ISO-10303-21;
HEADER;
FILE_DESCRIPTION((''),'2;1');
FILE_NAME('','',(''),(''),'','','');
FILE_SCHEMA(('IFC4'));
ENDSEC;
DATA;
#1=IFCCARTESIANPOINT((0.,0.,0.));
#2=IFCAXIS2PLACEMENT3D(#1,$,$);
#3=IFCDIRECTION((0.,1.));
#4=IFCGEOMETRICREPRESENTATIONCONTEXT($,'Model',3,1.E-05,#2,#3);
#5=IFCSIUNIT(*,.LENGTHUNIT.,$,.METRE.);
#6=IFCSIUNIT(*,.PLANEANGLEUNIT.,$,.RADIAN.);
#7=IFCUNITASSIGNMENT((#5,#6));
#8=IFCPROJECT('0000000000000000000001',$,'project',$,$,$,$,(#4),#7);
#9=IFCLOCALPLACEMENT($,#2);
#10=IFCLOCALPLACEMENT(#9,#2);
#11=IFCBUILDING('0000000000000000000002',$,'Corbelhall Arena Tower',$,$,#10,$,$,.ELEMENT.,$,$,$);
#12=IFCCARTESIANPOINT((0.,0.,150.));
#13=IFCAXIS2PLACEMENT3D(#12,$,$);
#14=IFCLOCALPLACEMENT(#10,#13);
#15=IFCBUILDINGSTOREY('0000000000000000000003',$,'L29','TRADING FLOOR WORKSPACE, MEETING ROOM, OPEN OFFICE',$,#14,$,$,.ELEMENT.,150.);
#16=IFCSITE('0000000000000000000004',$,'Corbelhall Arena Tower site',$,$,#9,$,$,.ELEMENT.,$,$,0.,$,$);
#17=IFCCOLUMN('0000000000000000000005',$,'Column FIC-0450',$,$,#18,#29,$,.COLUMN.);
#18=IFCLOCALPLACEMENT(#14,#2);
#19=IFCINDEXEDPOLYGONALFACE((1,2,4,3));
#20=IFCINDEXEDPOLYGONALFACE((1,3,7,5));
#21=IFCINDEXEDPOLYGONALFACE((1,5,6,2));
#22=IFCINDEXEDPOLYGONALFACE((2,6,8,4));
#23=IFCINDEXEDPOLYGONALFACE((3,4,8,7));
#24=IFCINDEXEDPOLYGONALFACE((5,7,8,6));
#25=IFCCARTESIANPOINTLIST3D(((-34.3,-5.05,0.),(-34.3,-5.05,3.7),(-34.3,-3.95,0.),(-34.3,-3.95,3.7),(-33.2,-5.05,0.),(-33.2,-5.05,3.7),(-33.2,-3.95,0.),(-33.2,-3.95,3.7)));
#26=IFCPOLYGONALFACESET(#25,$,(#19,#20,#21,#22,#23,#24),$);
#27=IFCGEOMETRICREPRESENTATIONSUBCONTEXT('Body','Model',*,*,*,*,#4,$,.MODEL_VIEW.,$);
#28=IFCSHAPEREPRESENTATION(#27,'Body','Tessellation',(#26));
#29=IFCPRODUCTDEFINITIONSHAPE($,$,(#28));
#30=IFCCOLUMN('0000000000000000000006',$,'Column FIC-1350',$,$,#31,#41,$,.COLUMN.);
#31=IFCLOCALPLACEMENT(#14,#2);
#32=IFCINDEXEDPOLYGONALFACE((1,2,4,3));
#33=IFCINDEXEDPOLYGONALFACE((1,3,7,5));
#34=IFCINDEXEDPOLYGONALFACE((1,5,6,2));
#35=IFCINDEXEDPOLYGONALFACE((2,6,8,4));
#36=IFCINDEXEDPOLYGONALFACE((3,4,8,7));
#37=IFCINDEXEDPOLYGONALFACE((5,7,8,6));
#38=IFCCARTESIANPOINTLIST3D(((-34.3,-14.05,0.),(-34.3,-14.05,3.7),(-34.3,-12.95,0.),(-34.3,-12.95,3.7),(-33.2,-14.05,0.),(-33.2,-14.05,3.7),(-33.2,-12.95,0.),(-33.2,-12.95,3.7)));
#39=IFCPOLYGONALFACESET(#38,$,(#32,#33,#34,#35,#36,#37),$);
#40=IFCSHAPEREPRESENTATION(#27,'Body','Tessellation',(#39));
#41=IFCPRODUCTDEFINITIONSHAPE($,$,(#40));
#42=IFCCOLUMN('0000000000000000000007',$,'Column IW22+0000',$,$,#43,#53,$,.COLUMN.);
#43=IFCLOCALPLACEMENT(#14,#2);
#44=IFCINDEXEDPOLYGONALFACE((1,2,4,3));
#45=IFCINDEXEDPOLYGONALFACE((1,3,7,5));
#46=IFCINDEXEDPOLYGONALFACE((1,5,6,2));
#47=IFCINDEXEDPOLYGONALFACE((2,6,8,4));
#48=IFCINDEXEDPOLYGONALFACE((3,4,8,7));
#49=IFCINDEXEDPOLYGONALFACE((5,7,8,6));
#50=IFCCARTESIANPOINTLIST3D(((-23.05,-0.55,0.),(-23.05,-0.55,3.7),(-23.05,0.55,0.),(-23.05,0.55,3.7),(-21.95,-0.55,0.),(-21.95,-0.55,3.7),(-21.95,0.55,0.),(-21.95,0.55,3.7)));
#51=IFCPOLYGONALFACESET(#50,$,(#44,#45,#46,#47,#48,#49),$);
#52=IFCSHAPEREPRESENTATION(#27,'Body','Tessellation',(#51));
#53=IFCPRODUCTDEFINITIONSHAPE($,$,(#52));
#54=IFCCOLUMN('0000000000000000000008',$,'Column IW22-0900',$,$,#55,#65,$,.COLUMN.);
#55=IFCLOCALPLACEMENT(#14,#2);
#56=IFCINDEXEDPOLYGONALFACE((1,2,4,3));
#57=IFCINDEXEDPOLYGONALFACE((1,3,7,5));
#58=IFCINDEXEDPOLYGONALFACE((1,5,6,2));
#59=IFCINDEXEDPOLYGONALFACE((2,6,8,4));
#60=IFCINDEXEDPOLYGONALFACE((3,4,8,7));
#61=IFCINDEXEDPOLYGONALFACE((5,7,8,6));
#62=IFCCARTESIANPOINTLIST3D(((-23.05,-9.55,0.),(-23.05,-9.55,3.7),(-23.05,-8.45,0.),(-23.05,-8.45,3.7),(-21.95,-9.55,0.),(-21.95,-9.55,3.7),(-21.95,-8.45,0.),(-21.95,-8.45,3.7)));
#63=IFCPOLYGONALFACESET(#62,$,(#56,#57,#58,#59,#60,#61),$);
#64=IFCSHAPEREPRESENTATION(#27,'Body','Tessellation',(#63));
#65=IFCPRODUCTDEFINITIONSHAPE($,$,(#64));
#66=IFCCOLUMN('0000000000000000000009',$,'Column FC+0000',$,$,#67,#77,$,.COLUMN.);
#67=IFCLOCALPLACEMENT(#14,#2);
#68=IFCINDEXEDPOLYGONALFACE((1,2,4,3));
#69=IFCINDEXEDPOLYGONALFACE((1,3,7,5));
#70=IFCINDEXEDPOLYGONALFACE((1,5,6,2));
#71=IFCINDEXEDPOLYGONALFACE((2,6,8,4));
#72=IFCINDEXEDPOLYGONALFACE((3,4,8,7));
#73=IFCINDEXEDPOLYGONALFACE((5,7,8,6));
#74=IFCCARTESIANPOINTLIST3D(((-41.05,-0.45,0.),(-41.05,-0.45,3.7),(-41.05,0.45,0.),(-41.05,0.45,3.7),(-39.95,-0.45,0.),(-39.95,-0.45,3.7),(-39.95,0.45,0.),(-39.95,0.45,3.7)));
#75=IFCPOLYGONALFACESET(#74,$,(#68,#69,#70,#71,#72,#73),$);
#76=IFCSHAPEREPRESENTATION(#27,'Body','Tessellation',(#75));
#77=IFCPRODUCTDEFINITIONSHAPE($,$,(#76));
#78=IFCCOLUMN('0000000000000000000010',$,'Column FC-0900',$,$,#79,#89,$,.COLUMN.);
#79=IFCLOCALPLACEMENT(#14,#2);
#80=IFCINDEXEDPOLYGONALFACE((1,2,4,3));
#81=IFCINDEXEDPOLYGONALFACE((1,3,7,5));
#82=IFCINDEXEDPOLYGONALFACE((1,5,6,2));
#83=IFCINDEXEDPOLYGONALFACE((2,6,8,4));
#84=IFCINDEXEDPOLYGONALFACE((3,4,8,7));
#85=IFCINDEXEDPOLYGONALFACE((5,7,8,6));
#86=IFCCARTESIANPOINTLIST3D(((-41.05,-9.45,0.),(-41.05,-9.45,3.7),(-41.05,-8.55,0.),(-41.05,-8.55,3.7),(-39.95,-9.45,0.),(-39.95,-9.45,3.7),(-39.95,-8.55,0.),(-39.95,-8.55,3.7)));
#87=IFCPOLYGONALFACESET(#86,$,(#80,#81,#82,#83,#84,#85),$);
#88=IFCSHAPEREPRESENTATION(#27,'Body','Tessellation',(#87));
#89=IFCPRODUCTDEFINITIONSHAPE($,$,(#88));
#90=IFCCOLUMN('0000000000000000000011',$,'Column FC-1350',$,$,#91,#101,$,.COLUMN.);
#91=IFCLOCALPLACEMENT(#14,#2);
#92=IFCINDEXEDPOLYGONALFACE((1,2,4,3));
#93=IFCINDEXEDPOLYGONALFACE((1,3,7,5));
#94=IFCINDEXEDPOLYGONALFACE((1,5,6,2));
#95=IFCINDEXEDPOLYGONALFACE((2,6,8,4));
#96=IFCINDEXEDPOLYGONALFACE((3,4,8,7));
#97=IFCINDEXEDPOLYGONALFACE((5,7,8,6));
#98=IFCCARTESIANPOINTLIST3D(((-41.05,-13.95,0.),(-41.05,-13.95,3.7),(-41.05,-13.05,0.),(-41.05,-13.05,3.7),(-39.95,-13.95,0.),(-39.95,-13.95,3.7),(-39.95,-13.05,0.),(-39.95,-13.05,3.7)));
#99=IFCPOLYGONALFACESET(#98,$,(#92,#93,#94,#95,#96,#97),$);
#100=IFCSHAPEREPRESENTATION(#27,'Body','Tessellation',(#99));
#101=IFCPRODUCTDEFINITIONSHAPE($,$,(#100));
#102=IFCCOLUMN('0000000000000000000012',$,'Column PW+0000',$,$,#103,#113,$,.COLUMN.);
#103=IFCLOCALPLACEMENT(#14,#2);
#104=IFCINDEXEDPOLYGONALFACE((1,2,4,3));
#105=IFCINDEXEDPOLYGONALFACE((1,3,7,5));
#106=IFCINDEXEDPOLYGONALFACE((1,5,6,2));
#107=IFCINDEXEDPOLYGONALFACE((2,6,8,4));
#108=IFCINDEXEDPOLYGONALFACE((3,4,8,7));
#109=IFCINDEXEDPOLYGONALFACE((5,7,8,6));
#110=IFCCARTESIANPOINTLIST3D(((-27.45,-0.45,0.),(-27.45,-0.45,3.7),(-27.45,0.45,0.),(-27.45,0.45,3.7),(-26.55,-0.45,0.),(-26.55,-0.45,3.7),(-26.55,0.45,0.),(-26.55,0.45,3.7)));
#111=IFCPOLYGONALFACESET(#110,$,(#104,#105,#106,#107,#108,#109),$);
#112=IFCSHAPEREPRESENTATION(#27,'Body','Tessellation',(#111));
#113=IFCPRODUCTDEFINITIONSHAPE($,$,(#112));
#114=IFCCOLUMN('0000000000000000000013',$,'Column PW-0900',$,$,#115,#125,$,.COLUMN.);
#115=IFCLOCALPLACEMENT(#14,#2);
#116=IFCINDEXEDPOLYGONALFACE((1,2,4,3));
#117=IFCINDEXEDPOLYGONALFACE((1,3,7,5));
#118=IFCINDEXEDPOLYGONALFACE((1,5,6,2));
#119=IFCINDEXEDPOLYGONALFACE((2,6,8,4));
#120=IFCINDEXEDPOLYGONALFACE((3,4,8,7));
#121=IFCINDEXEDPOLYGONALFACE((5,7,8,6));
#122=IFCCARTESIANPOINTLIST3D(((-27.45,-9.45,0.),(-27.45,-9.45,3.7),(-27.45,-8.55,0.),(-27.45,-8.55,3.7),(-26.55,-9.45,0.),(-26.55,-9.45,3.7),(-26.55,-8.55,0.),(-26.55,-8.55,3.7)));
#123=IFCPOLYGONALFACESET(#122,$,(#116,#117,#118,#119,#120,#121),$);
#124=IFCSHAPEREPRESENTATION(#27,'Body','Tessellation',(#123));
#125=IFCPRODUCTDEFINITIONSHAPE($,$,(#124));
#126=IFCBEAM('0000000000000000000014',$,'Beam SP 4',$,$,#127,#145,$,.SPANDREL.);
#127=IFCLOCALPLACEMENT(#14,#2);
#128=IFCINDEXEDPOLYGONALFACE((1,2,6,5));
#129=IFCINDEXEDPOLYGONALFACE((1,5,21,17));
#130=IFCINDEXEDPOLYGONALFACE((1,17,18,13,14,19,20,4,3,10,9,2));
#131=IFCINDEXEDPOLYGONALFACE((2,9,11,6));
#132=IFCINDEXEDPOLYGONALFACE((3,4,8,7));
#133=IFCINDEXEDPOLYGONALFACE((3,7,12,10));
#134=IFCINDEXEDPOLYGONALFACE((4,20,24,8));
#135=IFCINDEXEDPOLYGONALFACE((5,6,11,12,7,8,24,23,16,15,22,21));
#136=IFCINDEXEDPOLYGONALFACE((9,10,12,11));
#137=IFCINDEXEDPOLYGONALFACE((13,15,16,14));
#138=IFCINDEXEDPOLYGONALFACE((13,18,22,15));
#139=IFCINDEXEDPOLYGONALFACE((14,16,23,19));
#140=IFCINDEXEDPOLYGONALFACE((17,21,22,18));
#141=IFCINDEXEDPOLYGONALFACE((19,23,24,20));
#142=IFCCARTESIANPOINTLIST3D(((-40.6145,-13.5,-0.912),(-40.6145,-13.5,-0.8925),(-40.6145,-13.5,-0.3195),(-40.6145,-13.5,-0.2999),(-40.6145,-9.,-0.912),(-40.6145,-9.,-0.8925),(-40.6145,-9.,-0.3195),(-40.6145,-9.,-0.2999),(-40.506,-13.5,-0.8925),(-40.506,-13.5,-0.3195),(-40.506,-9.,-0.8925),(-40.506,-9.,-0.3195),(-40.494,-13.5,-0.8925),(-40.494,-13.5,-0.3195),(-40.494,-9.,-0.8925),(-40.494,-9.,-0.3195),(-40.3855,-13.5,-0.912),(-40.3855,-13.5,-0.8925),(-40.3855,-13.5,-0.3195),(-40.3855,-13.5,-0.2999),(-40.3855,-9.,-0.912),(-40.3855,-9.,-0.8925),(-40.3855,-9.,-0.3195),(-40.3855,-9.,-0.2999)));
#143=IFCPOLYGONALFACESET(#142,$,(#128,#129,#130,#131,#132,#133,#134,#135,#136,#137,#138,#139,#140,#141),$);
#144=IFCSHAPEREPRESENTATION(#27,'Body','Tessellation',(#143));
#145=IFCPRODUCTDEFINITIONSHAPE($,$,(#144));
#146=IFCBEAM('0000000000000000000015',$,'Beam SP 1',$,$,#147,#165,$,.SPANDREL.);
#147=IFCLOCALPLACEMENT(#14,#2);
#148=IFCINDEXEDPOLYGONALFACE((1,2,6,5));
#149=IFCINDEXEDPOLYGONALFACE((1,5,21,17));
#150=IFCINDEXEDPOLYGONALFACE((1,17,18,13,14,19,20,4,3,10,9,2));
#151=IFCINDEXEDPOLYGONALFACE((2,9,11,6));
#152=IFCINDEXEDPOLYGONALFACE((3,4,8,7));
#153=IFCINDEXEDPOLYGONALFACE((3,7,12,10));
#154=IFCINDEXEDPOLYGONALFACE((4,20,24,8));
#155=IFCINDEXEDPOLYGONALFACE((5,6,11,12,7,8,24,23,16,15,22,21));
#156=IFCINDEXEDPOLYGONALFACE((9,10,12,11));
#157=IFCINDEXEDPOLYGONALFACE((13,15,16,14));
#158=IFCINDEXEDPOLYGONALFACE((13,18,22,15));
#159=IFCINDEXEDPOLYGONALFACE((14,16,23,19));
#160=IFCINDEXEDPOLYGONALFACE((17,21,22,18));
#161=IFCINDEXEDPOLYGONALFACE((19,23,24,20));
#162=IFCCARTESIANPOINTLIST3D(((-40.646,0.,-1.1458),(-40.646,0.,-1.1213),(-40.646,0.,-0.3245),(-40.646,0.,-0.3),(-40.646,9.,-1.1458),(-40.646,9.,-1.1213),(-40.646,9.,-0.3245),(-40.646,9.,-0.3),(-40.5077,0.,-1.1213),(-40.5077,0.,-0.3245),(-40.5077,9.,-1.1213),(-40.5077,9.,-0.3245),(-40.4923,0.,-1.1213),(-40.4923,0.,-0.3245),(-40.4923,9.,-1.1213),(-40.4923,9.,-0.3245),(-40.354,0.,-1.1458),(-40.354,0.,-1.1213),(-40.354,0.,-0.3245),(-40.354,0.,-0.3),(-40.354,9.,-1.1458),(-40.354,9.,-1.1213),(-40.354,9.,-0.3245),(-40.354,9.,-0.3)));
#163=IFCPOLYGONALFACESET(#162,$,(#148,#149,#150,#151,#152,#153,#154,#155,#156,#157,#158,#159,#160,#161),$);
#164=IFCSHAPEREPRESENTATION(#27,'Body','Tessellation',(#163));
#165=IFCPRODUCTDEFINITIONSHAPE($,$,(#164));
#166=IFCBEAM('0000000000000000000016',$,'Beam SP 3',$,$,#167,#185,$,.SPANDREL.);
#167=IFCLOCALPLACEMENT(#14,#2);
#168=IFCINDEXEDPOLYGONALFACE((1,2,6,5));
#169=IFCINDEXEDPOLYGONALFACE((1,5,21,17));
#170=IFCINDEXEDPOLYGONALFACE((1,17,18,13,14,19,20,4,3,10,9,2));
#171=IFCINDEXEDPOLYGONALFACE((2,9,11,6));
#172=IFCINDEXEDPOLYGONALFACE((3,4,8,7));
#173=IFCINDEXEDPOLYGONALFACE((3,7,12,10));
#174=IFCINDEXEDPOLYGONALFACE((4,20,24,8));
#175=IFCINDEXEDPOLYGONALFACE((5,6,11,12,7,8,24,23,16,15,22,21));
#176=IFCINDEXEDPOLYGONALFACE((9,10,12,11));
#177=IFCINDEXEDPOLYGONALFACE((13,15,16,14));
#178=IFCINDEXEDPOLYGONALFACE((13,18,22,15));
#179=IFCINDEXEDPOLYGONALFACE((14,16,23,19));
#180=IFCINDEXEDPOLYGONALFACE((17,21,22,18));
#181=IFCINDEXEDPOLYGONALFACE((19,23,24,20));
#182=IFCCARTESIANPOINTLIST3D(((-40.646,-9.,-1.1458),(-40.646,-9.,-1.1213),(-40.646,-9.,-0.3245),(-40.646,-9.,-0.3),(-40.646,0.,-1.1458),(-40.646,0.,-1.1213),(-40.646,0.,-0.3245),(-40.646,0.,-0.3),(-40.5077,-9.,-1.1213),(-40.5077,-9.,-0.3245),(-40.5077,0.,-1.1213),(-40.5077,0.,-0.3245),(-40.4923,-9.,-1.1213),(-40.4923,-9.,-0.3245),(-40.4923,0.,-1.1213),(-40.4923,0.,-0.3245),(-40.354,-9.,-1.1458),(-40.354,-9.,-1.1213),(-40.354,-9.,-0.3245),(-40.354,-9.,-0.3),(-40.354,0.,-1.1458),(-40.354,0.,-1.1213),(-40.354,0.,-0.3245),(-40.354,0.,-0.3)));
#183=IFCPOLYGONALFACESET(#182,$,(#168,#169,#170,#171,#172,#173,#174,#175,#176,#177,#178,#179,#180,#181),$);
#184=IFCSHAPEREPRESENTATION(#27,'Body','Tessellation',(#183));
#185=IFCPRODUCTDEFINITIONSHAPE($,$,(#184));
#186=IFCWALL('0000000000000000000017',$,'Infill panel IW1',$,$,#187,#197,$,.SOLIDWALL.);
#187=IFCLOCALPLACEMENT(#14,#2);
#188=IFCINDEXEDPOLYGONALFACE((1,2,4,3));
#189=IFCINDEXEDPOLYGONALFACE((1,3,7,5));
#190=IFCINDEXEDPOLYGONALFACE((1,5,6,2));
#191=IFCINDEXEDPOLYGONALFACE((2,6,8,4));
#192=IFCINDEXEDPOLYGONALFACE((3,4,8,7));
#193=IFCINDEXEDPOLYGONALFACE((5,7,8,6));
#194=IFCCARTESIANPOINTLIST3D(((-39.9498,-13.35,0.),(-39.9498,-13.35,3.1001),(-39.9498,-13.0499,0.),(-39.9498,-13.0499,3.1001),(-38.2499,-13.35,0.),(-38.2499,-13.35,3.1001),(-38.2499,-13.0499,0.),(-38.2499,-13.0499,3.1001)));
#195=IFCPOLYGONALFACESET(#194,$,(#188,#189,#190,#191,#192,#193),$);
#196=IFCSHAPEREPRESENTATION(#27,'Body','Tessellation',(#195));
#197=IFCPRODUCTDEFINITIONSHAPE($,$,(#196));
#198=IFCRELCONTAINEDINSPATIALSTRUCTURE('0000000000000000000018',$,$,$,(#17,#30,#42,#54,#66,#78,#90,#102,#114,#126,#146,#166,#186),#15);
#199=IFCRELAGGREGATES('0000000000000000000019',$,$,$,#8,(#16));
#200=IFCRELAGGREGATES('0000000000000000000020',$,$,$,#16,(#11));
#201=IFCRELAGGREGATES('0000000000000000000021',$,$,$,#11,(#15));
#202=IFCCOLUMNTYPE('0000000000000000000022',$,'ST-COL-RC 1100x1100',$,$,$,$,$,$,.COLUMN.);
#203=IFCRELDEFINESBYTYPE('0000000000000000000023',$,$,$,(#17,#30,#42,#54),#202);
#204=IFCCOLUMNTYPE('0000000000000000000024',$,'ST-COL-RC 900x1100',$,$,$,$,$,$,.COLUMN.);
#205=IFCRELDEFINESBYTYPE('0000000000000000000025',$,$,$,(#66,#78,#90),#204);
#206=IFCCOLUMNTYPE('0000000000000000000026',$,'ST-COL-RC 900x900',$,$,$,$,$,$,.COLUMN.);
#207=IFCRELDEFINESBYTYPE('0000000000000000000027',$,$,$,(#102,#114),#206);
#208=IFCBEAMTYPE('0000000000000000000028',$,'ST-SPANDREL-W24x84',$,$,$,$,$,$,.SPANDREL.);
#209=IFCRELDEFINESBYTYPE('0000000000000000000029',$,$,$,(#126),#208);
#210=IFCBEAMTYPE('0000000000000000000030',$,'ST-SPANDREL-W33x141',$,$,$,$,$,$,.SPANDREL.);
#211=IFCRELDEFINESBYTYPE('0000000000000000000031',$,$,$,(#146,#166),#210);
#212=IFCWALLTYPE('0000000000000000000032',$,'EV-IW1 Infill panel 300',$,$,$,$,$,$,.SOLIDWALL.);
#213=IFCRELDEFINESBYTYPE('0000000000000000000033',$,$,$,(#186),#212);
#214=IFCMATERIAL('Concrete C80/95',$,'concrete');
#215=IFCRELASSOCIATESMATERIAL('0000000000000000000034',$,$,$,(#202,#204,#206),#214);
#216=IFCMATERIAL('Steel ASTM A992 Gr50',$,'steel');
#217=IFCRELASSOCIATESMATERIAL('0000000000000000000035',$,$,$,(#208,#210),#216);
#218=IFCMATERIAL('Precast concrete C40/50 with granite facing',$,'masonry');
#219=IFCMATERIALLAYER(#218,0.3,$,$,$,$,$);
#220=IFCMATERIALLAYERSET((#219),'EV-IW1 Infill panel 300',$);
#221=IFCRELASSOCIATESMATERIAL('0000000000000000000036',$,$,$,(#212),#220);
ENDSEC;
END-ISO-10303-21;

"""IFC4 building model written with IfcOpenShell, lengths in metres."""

from ifc_helpers import new_model, si_unit, direction, frame, frame_2d, origin, origin_2d, place, context, subcontext, project, spatial, rectangle, i_section, extrude, material, layer, layer_set, material_profile, profile_set, type_object, element, save


model = new_model("IFC4")

# Units and contexts
model_context = context("Model", 3, precision=1e-05, world=origin(), true_north=direction((0.0, 1.0)))
body_context = subcontext(model_context, "Body", "Model", "MODEL_VIEW")
ifc_project = project(units=[si_unit("LENGTHUNIT", "METRE"), si_unit("PLANEANGLEUNIT", "RADIAN")], contexts=[model_context])

# Site, building, storey
site_placement = place(None, origin())
site = spatial("IfcSite", under=ifc_project, at=site_placement, Name="Corbelhall Arena Tower site", CompositionType="ELEMENT", RefElevation=0.0)
building_placement = place(site_placement, origin())
building = spatial("IfcBuilding", under=site, at=building_placement, Name="Corbelhall Arena Tower", CompositionType="ELEMENT")
storey_placement = place(building_placement, frame((0.0, 0.0, 150.0)))
storey = spatial("IfcBuildingStorey", under=building, at=storey_placement, Name="L29", Description="TRADING FLOOR WORKSPACE, MEETING ROOM, OPEN OFFICE", CompositionType="ELEMENT", Elevation=150.0)

# Columns
ifc_material_1 = material(Name="Concrete C80/95", Category="concrete")
ifc_material_profile_1 = material_profile(ifc_material_1, rectangle(XDim=1.1001, YDim=1.1001, at=origin_2d()))
ifc_profile_set_1 = profile_set([ifc_material_profile_1], Name="Concrete C80/95")
column_type_1 = type_object("IfcColumnType", Name="ST-COL-RC 1100x1100", PredefinedType="COLUMN", material=ifc_profile_set_1)
for number, where, z_axis, x_axis, name in (
    (1, (-33.75, -4.5, 0.0), (0.0, 0.0, 1.0), (1.0, 0.0, 0.0), "Column FIC-0450"),
    (2, (-33.75, -13.5, 0.0), (0.0, 0.0, 1.0), (1.0, 0.0, 0.0), "Column FIC-1350"),
    (3, (-22.5, 0.0, 0.0), (0.0, 0.0, 1.0), (1.0, 0.0, 0.0), "Column IW22+0000"),
    (4, (-22.5, -9.0, 0.0), (0.0, 0.0, 1.0), (1.0, 0.0, 0.0), "Column IW22-0900"),
):
    element("IfcColumn", number, at=place(storey_placement, frame(where, z_axis=z_axis, x_axis=x_axis)), inside=storey, type_object=column_type_1, Name=name, PredefinedType="COLUMN", context=body_context, shape_type="SweptSolid", body=[
        extrude(rectangle(XDim=1.1001, YDim=1.1001, at=origin_2d()), origin(), (0.0, 0.0, 1.0), 3.7),
    ])
ifc_material_profile_2 = material_profile(ifc_material_1, rectangle(XDim=0.8999, YDim=1.1001, at=origin_2d()))
ifc_profile_set_2 = profile_set([ifc_material_profile_2], Name="Concrete C80/95")
column_type_2 = type_object("IfcColumnType", Name="ST-COL-RC 900x1100", PredefinedType="COLUMN", material=ifc_profile_set_2)
for number, where, z_axis, x_axis, name in (
    (5, (-40.5, 0.0, 0.0), (0.0, 0.0, 1.0), (0.0, 1.0, 0.0), "Column FC+0000"),
    (6, (-40.5, -9.0, 0.0), (0.0, 0.0, 1.0), (0.0, 1.0, 0.0), "Column FC-0900"),
    (7, (-40.5, -13.5, 0.0), (0.0, 0.0, 1.0), (0.0, 1.0, 0.0), "Column FC-1350"),
):
    element("IfcColumn", number, at=place(storey_placement, frame(where, z_axis=z_axis, x_axis=x_axis)), inside=storey, type_object=column_type_2, Name=name, PredefinedType="COLUMN", context=body_context, shape_type="SweptSolid", body=[
        extrude(rectangle(XDim=0.8999, YDim=1.1001, at=origin_2d()), origin(), (0.0, 0.0, 1.0), 3.7),
    ])
ifc_material_profile_3 = material_profile(ifc_material_1, rectangle(XDim=0.8999, YDim=0.8999, at=origin_2d()))
ifc_profile_set_3 = profile_set([ifc_material_profile_3], Name="Concrete C80/95")
column_type_3 = type_object("IfcColumnType", Name="ST-COL-RC 900x900", PredefinedType="COLUMN", material=ifc_profile_set_3)
for number, where, z_axis, x_axis, name in (
    (8, (-27.0, 0.0, 0.0), (0.0, 0.0, 1.0), (1.0, 0.0, 0.0), "Column PW+0000"),
    (9, (-27.0, -9.0, 0.0), (0.0, 0.0, 1.0), (1.0, 0.0, 0.0), "Column PW-0900"),
):
    element("IfcColumn", number, at=place(storey_placement, frame(where, z_axis=z_axis, x_axis=x_axis)), inside=storey, type_object=column_type_3, Name=name, PredefinedType="COLUMN", context=body_context, shape_type="SweptSolid", body=[
        extrude(rectangle(XDim=0.8999, YDim=0.8999, at=origin_2d()), origin(), (0.0, 0.0, 1.0), 3.7),
    ])

# Beams
ifc_material_2 = material(Name="Steel ASTM A992 Gr50", Category="steel")
ifc_material_profile_4 = material_profile(ifc_material_2, i_section(OverallWidth=0.229, OverallDepth=0.6121, WebThickness=0.012, FlangeThickness=0.0195, at=origin_2d()))
ifc_profile_set_4 = profile_set([ifc_material_profile_4], Name="Steel ASTM A992 Gr50")
beam_type_1 = type_object("IfcBeamType", Name="ST-SPANDREL-W24x84", PredefinedType="SPANDREL", material=ifc_profile_set_4)
beam_placement = place(storey_placement, frame((-40.5, -13.5, -0.606), z_axis=(0.0, 1.0, 0.0), x_axis=(-1.0, 0.0, 0.0)))
element("IfcBeam", 10, at=beam_placement, inside=storey, type_object=beam_type_1, Name="Beam SP 4", PredefinedType="SPANDREL", context=body_context, shape_type="SweptSolid", body=[
    extrude(i_section(OverallWidth=0.229, OverallDepth=0.6121, WebThickness=0.012, FlangeThickness=0.0195, at=origin_2d()), origin(), (0.0, 0.0, 1.0), 4.5),
])
ifc_material_profile_5 = material_profile(ifc_material_2, i_section(OverallWidth=0.292, OverallDepth=0.8457, WebThickness=0.0154, FlangeThickness=0.0244, at=origin_2d()))
ifc_profile_set_5 = profile_set([ifc_material_profile_5], Name="Steel ASTM A992 Gr50")
beam_type_2 = type_object("IfcBeamType", Name="ST-SPANDREL-W33x141", PredefinedType="SPANDREL", material=ifc_profile_set_5)
for number, where, z_axis, x_axis, name in (
    (11, (-40.5, 0.0, -0.7229), (0.0, 1.0, 0.0), (-1.0, 0.0, 0.0), "Beam SP 1"),
    (12, (-40.5, -9.0, -0.7229), (0.0, 1.0, 0.0), (-1.0, 0.0, 0.0), "Beam SP 3"),
):
    element("IfcBeam", number, at=place(storey_placement, frame(where, z_axis=z_axis, x_axis=x_axis)), inside=storey, type_object=beam_type_2, Name=name, PredefinedType="SPANDREL", context=body_context, shape_type="SweptSolid", body=[
        extrude(i_section(OverallWidth=0.292, OverallDepth=0.8457, WebThickness=0.0154, FlangeThickness=0.0244, at=origin_2d()), origin(), (0.0, 0.0, 1.0), 9.0),
    ])

# Wall
ifc_material_3 = material(Name="Precast concrete C40/50 with granite facing", Category="masonry")
ifc_layer_1 = layer(ifc_material_3, 0.3)
ifc_layer_set_1 = layer_set([ifc_layer_1], Name="EV-IW1 Infill panel 300")
wall_type_1 = type_object("IfcWallType", Name="EV-IW1 Infill panel 300", PredefinedType="SOLIDWALL", material=ifc_layer_set_1)
wall_1_placement = place(storey_placement, frame((-39.95, -13.2, 0.0), z_axis=(0.0, 0.0, 1.0), x_axis=(1.0, 0.0, 0.0)))
element("IfcWall", 13, at=wall_1_placement, inside=storey, type_object=wall_type_1, Name="Infill panel IW1", PredefinedType="SOLIDWALL", context=body_context, shape_type="SweptSolid", body=[
    extrude(rectangle(XDim=1.7, YDim=0.3, at=frame_2d((0.8501, 0.0))), origin(), (0.0, 0.0, 1.0), 3.1001),
])

save(model, "model.ifc")
